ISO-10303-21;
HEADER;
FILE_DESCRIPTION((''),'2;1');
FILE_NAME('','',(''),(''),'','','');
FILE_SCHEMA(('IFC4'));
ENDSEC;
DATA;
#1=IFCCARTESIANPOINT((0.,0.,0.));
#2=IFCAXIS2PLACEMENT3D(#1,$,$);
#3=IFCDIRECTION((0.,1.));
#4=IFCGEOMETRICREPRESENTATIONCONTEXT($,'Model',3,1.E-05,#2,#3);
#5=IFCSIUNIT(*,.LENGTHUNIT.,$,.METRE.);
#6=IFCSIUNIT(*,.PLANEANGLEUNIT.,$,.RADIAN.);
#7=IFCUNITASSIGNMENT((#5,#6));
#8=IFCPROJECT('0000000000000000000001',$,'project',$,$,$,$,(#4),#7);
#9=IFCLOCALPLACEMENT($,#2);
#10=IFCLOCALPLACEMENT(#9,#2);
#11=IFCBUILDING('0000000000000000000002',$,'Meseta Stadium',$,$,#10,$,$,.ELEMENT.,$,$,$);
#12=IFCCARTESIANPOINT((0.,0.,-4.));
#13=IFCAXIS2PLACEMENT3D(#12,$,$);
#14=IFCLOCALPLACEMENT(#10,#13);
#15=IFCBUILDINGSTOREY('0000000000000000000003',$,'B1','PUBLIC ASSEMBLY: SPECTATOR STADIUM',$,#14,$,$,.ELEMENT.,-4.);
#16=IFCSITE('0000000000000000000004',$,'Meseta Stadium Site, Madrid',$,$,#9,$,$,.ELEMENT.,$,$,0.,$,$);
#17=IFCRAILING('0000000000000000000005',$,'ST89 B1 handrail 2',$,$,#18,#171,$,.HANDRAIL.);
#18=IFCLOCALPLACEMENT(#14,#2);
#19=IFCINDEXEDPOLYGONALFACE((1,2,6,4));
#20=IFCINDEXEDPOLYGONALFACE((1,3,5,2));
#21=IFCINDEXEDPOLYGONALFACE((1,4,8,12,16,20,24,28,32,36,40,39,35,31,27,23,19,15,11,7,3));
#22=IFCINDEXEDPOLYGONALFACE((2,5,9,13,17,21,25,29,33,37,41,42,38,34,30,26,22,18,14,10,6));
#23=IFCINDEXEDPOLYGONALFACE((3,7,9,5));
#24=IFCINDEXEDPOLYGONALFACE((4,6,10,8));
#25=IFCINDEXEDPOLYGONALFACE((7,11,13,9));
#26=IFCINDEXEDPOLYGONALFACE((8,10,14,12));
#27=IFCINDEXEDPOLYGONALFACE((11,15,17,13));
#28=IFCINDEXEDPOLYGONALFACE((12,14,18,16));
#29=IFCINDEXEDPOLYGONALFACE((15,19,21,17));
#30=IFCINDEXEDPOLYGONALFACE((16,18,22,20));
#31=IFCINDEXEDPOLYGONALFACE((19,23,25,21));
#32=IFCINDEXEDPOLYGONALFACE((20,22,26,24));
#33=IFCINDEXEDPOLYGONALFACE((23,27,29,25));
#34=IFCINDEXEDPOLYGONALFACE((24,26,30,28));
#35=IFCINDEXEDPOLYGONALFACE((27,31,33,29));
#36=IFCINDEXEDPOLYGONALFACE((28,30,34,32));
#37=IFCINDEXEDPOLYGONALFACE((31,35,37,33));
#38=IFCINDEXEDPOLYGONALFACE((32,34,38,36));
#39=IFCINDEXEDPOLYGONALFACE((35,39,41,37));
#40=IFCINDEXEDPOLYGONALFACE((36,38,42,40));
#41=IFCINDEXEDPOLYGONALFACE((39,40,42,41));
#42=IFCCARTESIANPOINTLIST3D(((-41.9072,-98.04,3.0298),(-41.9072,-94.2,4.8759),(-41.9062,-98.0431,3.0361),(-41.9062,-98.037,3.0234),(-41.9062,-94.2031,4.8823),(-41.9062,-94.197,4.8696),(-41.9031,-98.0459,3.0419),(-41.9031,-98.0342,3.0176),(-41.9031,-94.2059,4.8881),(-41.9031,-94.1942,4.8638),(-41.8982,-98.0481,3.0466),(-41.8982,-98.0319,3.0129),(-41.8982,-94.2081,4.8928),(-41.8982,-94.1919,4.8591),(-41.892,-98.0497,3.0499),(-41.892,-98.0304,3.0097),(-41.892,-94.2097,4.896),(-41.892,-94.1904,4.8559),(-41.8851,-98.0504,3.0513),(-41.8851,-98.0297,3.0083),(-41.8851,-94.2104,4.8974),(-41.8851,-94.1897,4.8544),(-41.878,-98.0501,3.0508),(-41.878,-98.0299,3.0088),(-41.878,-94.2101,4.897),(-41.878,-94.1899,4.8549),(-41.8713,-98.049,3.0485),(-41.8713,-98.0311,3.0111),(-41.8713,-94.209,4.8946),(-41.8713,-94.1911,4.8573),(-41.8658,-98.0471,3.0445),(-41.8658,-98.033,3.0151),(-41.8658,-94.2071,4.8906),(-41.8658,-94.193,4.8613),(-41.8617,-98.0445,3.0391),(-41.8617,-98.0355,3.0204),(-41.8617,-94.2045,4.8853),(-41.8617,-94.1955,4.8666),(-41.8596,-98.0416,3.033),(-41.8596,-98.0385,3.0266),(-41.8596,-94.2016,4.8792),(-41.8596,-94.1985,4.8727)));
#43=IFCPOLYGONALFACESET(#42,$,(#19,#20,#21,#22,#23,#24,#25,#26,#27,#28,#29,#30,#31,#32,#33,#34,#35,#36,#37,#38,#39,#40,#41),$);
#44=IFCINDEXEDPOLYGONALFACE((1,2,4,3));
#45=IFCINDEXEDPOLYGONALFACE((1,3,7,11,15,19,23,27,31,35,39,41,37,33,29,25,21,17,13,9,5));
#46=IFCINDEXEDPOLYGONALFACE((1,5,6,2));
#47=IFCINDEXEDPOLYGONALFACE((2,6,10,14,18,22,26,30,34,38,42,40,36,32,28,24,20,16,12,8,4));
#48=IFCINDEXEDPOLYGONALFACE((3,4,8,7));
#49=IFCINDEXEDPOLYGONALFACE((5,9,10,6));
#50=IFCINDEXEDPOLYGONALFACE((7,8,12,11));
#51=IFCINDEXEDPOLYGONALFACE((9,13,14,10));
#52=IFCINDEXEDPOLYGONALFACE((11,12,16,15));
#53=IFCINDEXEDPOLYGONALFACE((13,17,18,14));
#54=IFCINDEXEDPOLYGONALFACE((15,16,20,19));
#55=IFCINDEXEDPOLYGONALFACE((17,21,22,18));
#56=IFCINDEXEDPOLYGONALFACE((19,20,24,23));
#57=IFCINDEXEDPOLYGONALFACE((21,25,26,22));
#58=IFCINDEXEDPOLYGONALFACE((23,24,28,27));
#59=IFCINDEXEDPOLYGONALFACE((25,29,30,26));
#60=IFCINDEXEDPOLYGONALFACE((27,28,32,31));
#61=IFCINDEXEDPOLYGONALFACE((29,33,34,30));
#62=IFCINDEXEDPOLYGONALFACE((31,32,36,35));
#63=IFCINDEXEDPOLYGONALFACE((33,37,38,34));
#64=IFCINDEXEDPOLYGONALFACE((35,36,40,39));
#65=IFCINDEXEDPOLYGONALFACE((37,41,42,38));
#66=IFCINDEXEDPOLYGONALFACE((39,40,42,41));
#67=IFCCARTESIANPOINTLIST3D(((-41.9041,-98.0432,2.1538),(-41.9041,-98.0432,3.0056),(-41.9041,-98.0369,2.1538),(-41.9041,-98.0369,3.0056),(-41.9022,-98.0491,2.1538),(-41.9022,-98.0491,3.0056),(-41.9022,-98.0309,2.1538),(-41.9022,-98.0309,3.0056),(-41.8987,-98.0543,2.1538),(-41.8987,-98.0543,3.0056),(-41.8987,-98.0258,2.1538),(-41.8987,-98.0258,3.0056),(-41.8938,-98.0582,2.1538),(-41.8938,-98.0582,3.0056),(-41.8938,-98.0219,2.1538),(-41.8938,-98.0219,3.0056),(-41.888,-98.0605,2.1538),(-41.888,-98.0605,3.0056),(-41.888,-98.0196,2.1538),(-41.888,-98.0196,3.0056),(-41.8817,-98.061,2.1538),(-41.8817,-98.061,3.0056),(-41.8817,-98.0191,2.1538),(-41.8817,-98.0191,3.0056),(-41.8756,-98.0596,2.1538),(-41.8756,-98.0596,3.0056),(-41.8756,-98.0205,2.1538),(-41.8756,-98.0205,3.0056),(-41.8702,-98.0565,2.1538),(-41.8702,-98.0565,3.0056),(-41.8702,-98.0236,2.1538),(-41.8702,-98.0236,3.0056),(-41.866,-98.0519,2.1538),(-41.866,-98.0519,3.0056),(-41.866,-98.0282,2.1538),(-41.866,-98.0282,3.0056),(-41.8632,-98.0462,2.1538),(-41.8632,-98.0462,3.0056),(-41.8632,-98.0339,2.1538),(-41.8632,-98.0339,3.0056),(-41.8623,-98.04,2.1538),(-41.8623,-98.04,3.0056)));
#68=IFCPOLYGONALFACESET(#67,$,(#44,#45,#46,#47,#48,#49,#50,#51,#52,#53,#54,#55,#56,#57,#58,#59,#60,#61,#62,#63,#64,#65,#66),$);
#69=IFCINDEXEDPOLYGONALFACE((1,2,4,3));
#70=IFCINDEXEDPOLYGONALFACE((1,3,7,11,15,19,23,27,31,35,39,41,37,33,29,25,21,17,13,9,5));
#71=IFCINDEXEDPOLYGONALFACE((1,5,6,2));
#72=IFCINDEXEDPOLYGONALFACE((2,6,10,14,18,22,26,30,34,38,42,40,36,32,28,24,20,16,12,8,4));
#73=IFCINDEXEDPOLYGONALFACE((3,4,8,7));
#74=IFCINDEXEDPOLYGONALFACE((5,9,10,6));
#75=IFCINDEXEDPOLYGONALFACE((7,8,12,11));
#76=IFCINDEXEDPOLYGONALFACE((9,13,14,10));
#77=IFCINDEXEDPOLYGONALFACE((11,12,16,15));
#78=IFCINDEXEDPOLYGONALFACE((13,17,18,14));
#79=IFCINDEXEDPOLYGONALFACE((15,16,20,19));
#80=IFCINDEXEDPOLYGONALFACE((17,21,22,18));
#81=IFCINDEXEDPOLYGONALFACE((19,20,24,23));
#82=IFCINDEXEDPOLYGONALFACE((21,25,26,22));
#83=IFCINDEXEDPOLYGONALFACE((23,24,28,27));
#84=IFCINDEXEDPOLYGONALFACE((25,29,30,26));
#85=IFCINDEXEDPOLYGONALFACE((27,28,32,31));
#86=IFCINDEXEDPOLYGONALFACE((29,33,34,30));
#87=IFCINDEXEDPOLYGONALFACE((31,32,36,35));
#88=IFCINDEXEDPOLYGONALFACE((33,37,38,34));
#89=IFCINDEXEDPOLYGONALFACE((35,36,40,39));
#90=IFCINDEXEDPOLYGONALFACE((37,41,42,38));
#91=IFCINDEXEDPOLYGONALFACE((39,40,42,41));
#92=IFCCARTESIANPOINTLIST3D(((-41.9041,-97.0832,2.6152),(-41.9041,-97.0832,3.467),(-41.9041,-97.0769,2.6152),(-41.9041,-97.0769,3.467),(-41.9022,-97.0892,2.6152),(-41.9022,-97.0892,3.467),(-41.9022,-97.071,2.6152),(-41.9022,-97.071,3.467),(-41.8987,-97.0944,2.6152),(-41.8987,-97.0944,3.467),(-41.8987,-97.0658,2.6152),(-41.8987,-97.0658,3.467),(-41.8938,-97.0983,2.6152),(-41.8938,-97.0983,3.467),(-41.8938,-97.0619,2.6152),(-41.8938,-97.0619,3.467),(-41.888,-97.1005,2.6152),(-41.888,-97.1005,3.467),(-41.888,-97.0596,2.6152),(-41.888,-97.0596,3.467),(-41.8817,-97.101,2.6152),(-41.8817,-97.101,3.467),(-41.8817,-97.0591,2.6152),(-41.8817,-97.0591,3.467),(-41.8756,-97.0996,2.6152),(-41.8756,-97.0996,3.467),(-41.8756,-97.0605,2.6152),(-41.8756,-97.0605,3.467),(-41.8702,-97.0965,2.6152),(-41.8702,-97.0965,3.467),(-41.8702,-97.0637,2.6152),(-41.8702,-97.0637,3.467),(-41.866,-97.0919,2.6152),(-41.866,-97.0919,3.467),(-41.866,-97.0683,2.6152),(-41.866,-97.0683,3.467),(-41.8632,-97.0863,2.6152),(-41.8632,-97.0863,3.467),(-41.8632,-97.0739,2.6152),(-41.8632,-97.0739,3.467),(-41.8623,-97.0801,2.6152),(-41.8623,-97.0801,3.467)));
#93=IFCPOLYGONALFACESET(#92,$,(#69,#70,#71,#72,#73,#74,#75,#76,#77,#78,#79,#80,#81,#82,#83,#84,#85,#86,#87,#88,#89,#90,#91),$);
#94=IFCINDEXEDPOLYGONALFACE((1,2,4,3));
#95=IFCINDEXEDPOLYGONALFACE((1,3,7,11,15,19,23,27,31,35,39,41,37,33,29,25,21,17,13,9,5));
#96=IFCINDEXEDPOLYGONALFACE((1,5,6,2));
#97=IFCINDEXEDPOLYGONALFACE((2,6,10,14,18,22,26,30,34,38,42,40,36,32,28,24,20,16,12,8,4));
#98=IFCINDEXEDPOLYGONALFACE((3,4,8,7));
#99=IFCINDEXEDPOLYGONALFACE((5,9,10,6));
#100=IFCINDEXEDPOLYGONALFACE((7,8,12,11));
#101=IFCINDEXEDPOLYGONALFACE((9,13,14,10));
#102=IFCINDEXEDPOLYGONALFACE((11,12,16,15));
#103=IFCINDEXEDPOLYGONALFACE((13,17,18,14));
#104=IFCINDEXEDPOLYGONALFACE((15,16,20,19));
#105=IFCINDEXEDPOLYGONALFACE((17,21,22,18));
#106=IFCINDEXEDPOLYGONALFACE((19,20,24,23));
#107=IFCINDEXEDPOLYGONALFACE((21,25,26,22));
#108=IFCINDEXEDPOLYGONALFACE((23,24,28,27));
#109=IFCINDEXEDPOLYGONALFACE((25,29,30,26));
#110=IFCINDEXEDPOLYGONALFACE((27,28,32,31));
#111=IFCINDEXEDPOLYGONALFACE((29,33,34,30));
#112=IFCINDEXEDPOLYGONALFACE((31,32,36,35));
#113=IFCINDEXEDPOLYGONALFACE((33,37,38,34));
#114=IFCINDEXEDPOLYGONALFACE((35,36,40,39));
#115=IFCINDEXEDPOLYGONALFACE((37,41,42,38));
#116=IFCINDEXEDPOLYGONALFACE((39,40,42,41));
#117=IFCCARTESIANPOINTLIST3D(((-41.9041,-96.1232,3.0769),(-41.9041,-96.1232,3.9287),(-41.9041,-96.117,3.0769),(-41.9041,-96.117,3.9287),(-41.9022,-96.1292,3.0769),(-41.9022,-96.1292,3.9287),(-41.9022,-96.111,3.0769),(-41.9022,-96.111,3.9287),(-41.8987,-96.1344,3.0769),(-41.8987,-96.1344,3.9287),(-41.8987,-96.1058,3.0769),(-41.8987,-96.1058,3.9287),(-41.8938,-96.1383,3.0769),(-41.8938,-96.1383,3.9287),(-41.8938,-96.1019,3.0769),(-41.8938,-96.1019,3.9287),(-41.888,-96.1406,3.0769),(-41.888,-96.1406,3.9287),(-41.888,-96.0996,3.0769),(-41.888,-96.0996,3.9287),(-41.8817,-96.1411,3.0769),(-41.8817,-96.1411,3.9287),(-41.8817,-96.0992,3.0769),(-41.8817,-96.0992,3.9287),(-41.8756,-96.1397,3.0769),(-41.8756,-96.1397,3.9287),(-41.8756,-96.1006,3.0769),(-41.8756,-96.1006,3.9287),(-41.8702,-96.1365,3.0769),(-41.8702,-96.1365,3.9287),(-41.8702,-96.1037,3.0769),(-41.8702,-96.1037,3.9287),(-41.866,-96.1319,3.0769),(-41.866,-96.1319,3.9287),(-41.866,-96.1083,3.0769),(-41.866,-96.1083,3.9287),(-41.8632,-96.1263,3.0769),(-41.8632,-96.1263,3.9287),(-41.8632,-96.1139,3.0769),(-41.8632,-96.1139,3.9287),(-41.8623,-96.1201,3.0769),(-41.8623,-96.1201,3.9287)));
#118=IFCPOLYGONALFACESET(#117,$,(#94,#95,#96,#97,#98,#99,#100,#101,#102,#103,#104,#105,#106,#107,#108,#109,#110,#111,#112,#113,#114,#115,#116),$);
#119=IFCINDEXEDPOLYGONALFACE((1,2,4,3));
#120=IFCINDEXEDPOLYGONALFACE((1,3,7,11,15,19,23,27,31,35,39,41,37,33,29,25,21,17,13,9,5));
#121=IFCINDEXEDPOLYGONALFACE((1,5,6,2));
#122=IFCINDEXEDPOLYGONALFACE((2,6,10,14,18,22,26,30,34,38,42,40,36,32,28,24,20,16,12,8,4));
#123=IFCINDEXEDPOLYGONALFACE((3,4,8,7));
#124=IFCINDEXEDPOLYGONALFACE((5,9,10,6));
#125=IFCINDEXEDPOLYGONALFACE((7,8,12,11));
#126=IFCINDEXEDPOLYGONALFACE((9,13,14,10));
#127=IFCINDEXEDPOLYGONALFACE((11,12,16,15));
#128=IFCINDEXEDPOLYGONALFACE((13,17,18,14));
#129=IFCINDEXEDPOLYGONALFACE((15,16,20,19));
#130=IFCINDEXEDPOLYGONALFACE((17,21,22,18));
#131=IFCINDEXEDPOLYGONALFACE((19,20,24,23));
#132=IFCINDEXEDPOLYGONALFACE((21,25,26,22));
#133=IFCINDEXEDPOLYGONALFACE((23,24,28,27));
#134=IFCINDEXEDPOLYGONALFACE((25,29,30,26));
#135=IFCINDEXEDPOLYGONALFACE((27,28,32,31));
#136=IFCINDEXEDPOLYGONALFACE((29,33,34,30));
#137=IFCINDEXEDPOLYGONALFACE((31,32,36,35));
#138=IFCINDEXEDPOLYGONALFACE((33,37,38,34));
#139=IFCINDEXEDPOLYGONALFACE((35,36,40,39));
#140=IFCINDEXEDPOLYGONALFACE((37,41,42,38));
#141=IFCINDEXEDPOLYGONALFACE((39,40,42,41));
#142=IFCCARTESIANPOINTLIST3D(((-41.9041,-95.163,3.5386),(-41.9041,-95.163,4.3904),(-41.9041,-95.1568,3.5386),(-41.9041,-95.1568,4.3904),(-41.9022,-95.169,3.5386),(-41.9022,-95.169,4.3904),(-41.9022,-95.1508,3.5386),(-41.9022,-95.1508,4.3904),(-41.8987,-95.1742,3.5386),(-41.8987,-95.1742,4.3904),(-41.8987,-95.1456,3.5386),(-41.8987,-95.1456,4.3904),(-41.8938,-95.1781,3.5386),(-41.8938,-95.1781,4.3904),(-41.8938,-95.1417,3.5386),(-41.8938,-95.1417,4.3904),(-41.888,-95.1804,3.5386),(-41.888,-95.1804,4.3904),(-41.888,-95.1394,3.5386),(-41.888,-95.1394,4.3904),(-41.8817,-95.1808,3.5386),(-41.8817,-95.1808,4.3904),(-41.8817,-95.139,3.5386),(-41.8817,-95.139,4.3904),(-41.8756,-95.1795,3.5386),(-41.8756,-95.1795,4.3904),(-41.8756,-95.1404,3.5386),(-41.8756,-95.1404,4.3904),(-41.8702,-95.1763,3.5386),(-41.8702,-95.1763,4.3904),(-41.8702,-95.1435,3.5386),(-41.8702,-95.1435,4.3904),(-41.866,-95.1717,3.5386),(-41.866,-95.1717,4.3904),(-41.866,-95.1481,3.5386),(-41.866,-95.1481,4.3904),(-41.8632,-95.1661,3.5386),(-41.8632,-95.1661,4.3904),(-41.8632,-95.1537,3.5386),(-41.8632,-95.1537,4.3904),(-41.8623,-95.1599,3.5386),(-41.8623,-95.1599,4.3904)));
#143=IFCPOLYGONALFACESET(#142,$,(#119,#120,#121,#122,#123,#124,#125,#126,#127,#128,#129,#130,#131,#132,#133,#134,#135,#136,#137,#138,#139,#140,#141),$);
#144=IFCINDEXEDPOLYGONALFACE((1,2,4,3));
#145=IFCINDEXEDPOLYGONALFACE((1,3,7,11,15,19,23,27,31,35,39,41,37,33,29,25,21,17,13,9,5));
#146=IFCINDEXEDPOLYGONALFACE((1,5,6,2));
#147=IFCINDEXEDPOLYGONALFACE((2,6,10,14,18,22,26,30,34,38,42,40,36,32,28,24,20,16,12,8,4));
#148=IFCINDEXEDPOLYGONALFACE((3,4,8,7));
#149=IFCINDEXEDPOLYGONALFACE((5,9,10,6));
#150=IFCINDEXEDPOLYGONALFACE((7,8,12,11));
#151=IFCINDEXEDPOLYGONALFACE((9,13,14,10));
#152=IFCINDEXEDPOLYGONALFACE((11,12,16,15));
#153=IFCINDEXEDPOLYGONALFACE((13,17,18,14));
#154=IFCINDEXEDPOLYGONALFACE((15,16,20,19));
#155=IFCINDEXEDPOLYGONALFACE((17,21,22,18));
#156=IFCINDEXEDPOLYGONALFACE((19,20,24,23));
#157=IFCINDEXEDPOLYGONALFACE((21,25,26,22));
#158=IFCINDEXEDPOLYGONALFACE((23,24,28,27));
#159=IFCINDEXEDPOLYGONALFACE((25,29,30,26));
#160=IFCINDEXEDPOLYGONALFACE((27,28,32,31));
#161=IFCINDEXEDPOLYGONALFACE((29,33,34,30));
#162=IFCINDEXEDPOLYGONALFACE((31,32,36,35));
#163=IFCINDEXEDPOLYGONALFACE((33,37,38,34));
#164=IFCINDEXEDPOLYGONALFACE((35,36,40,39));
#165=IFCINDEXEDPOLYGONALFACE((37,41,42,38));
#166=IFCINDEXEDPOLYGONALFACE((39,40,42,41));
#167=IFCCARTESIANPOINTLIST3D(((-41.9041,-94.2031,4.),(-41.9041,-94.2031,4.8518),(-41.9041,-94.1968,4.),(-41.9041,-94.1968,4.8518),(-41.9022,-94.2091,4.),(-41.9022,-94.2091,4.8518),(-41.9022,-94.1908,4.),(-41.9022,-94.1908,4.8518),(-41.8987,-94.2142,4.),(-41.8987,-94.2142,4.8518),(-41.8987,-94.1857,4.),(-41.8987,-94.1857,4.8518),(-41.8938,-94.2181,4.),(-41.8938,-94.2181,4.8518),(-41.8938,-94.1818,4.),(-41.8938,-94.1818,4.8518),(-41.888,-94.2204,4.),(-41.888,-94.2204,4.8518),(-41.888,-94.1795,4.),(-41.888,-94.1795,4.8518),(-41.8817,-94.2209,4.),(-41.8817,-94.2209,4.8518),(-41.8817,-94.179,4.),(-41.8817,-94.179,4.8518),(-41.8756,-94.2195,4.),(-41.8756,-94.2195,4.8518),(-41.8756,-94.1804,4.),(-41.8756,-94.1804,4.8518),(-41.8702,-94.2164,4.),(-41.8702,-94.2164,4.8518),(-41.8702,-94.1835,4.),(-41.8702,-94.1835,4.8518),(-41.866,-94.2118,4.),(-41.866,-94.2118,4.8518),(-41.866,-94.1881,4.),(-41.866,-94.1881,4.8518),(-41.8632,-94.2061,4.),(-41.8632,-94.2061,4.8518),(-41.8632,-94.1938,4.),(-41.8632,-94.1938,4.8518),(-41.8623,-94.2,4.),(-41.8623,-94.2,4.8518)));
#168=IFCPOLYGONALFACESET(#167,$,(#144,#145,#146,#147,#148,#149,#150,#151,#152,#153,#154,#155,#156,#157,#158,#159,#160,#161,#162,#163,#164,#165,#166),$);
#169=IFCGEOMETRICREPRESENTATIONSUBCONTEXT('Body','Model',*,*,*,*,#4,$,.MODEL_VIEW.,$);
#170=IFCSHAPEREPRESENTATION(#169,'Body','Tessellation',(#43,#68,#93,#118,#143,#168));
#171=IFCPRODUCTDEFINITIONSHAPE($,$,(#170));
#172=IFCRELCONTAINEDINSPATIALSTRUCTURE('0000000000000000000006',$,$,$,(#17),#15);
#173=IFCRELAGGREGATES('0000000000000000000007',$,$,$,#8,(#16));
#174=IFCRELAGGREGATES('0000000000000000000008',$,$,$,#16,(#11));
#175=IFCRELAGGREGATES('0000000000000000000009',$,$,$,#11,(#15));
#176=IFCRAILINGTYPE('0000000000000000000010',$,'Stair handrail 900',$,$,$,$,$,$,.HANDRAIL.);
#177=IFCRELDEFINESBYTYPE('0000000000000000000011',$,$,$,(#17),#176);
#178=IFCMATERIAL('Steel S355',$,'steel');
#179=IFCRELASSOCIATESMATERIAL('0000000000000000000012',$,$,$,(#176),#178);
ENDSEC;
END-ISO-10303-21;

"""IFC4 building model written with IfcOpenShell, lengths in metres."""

from ifc_helpers import new_model, si_unit, direction, frame, origin, origin_2d, place, context, subcontext, project, spatial, circle, extrude, material, type_object, element, save


model = new_model("IFC4")

# Units and contexts
model_context = context("Model", 3, precision=1e-05, world=origin(), true_north=direction((0.0, 1.0)))
body_context = subcontext(model_context, "Body", "Model", "MODEL_VIEW")
ifc_project = project(units=[si_unit("LENGTHUNIT", "METRE"), si_unit("PLANEANGLEUNIT", "RADIAN")], contexts=[model_context])

# Site, building, storey
site_placement = place(None, origin())
site = spatial("IfcSite", under=ifc_project, at=site_placement, Name="Meseta Stadium Site, Madrid", CompositionType="ELEMENT", RefElevation=0.0)
building_placement = place(site_placement, origin())
building = spatial("IfcBuilding", under=site, at=building_placement, Name="Meseta Stadium", CompositionType="ELEMENT")
storey_placement = place(building_placement, frame((0.0, 0.0, -4.0)))
storey = spatial("IfcBuildingStorey", under=building, at=storey_placement, Name="B1", Description="PUBLIC ASSEMBLY: SPECTATOR STADIUM", CompositionType="ELEMENT", Elevation=-4.0)

# Railing
ifc_material_1 = material(Name="Steel S355", Category="steel")
railing_type_1 = type_object("IfcRailingType", Name="Stair handrail 900", PredefinedType="HANDRAIL", material=ifc_material_1)
for number, where, name in (
    (1, (-41.8833, -98.04, 2.1538), "ST89 B1 handrail 2"),
):
    element("IfcRailing", number, at=place(storey_placement, frame(where)), inside=storey, type_object=railing_type_1, Name=name, PredefinedType="HANDRAIL", context=body_context, shape_type="SweptSolid", body=[
        extrude(circle(Radius=0.0239, at=origin_2d()), frame((0.0, 0.0, 0.876), z_axis=(0.0, 0.901253, 0.433294), x_axis=(-1.0, 0.0, 0.0)), (0.0, 0.0, 1.0), 4.2607),
        extrude(circle(Radius=0.021, at=origin_2d()), origin(), (0.0, 0.0, 1.0), 0.8518),
        extrude(circle(Radius=0.021, at=origin_2d()), frame((0.0, 0.96, 0.4614)), (0.0, 0.0, 1.0), 0.8518),
        extrude(circle(Radius=0.021, at=origin_2d()), frame((0.0, 1.9199, 0.9231)), (0.0, 0.0, 1.0), 0.8518),
        extrude(circle(Radius=0.021, at=origin_2d()), frame((0.0, 2.8801, 1.3848)), (0.0, 0.0, 1.0), 0.8518),
        extrude(circle(Radius=0.021, at=origin_2d()), frame((0.0, 3.8401, 1.8462)), (0.0, 0.0, 1.0), 0.8518),
    ])

save(model, "model.ifc")
